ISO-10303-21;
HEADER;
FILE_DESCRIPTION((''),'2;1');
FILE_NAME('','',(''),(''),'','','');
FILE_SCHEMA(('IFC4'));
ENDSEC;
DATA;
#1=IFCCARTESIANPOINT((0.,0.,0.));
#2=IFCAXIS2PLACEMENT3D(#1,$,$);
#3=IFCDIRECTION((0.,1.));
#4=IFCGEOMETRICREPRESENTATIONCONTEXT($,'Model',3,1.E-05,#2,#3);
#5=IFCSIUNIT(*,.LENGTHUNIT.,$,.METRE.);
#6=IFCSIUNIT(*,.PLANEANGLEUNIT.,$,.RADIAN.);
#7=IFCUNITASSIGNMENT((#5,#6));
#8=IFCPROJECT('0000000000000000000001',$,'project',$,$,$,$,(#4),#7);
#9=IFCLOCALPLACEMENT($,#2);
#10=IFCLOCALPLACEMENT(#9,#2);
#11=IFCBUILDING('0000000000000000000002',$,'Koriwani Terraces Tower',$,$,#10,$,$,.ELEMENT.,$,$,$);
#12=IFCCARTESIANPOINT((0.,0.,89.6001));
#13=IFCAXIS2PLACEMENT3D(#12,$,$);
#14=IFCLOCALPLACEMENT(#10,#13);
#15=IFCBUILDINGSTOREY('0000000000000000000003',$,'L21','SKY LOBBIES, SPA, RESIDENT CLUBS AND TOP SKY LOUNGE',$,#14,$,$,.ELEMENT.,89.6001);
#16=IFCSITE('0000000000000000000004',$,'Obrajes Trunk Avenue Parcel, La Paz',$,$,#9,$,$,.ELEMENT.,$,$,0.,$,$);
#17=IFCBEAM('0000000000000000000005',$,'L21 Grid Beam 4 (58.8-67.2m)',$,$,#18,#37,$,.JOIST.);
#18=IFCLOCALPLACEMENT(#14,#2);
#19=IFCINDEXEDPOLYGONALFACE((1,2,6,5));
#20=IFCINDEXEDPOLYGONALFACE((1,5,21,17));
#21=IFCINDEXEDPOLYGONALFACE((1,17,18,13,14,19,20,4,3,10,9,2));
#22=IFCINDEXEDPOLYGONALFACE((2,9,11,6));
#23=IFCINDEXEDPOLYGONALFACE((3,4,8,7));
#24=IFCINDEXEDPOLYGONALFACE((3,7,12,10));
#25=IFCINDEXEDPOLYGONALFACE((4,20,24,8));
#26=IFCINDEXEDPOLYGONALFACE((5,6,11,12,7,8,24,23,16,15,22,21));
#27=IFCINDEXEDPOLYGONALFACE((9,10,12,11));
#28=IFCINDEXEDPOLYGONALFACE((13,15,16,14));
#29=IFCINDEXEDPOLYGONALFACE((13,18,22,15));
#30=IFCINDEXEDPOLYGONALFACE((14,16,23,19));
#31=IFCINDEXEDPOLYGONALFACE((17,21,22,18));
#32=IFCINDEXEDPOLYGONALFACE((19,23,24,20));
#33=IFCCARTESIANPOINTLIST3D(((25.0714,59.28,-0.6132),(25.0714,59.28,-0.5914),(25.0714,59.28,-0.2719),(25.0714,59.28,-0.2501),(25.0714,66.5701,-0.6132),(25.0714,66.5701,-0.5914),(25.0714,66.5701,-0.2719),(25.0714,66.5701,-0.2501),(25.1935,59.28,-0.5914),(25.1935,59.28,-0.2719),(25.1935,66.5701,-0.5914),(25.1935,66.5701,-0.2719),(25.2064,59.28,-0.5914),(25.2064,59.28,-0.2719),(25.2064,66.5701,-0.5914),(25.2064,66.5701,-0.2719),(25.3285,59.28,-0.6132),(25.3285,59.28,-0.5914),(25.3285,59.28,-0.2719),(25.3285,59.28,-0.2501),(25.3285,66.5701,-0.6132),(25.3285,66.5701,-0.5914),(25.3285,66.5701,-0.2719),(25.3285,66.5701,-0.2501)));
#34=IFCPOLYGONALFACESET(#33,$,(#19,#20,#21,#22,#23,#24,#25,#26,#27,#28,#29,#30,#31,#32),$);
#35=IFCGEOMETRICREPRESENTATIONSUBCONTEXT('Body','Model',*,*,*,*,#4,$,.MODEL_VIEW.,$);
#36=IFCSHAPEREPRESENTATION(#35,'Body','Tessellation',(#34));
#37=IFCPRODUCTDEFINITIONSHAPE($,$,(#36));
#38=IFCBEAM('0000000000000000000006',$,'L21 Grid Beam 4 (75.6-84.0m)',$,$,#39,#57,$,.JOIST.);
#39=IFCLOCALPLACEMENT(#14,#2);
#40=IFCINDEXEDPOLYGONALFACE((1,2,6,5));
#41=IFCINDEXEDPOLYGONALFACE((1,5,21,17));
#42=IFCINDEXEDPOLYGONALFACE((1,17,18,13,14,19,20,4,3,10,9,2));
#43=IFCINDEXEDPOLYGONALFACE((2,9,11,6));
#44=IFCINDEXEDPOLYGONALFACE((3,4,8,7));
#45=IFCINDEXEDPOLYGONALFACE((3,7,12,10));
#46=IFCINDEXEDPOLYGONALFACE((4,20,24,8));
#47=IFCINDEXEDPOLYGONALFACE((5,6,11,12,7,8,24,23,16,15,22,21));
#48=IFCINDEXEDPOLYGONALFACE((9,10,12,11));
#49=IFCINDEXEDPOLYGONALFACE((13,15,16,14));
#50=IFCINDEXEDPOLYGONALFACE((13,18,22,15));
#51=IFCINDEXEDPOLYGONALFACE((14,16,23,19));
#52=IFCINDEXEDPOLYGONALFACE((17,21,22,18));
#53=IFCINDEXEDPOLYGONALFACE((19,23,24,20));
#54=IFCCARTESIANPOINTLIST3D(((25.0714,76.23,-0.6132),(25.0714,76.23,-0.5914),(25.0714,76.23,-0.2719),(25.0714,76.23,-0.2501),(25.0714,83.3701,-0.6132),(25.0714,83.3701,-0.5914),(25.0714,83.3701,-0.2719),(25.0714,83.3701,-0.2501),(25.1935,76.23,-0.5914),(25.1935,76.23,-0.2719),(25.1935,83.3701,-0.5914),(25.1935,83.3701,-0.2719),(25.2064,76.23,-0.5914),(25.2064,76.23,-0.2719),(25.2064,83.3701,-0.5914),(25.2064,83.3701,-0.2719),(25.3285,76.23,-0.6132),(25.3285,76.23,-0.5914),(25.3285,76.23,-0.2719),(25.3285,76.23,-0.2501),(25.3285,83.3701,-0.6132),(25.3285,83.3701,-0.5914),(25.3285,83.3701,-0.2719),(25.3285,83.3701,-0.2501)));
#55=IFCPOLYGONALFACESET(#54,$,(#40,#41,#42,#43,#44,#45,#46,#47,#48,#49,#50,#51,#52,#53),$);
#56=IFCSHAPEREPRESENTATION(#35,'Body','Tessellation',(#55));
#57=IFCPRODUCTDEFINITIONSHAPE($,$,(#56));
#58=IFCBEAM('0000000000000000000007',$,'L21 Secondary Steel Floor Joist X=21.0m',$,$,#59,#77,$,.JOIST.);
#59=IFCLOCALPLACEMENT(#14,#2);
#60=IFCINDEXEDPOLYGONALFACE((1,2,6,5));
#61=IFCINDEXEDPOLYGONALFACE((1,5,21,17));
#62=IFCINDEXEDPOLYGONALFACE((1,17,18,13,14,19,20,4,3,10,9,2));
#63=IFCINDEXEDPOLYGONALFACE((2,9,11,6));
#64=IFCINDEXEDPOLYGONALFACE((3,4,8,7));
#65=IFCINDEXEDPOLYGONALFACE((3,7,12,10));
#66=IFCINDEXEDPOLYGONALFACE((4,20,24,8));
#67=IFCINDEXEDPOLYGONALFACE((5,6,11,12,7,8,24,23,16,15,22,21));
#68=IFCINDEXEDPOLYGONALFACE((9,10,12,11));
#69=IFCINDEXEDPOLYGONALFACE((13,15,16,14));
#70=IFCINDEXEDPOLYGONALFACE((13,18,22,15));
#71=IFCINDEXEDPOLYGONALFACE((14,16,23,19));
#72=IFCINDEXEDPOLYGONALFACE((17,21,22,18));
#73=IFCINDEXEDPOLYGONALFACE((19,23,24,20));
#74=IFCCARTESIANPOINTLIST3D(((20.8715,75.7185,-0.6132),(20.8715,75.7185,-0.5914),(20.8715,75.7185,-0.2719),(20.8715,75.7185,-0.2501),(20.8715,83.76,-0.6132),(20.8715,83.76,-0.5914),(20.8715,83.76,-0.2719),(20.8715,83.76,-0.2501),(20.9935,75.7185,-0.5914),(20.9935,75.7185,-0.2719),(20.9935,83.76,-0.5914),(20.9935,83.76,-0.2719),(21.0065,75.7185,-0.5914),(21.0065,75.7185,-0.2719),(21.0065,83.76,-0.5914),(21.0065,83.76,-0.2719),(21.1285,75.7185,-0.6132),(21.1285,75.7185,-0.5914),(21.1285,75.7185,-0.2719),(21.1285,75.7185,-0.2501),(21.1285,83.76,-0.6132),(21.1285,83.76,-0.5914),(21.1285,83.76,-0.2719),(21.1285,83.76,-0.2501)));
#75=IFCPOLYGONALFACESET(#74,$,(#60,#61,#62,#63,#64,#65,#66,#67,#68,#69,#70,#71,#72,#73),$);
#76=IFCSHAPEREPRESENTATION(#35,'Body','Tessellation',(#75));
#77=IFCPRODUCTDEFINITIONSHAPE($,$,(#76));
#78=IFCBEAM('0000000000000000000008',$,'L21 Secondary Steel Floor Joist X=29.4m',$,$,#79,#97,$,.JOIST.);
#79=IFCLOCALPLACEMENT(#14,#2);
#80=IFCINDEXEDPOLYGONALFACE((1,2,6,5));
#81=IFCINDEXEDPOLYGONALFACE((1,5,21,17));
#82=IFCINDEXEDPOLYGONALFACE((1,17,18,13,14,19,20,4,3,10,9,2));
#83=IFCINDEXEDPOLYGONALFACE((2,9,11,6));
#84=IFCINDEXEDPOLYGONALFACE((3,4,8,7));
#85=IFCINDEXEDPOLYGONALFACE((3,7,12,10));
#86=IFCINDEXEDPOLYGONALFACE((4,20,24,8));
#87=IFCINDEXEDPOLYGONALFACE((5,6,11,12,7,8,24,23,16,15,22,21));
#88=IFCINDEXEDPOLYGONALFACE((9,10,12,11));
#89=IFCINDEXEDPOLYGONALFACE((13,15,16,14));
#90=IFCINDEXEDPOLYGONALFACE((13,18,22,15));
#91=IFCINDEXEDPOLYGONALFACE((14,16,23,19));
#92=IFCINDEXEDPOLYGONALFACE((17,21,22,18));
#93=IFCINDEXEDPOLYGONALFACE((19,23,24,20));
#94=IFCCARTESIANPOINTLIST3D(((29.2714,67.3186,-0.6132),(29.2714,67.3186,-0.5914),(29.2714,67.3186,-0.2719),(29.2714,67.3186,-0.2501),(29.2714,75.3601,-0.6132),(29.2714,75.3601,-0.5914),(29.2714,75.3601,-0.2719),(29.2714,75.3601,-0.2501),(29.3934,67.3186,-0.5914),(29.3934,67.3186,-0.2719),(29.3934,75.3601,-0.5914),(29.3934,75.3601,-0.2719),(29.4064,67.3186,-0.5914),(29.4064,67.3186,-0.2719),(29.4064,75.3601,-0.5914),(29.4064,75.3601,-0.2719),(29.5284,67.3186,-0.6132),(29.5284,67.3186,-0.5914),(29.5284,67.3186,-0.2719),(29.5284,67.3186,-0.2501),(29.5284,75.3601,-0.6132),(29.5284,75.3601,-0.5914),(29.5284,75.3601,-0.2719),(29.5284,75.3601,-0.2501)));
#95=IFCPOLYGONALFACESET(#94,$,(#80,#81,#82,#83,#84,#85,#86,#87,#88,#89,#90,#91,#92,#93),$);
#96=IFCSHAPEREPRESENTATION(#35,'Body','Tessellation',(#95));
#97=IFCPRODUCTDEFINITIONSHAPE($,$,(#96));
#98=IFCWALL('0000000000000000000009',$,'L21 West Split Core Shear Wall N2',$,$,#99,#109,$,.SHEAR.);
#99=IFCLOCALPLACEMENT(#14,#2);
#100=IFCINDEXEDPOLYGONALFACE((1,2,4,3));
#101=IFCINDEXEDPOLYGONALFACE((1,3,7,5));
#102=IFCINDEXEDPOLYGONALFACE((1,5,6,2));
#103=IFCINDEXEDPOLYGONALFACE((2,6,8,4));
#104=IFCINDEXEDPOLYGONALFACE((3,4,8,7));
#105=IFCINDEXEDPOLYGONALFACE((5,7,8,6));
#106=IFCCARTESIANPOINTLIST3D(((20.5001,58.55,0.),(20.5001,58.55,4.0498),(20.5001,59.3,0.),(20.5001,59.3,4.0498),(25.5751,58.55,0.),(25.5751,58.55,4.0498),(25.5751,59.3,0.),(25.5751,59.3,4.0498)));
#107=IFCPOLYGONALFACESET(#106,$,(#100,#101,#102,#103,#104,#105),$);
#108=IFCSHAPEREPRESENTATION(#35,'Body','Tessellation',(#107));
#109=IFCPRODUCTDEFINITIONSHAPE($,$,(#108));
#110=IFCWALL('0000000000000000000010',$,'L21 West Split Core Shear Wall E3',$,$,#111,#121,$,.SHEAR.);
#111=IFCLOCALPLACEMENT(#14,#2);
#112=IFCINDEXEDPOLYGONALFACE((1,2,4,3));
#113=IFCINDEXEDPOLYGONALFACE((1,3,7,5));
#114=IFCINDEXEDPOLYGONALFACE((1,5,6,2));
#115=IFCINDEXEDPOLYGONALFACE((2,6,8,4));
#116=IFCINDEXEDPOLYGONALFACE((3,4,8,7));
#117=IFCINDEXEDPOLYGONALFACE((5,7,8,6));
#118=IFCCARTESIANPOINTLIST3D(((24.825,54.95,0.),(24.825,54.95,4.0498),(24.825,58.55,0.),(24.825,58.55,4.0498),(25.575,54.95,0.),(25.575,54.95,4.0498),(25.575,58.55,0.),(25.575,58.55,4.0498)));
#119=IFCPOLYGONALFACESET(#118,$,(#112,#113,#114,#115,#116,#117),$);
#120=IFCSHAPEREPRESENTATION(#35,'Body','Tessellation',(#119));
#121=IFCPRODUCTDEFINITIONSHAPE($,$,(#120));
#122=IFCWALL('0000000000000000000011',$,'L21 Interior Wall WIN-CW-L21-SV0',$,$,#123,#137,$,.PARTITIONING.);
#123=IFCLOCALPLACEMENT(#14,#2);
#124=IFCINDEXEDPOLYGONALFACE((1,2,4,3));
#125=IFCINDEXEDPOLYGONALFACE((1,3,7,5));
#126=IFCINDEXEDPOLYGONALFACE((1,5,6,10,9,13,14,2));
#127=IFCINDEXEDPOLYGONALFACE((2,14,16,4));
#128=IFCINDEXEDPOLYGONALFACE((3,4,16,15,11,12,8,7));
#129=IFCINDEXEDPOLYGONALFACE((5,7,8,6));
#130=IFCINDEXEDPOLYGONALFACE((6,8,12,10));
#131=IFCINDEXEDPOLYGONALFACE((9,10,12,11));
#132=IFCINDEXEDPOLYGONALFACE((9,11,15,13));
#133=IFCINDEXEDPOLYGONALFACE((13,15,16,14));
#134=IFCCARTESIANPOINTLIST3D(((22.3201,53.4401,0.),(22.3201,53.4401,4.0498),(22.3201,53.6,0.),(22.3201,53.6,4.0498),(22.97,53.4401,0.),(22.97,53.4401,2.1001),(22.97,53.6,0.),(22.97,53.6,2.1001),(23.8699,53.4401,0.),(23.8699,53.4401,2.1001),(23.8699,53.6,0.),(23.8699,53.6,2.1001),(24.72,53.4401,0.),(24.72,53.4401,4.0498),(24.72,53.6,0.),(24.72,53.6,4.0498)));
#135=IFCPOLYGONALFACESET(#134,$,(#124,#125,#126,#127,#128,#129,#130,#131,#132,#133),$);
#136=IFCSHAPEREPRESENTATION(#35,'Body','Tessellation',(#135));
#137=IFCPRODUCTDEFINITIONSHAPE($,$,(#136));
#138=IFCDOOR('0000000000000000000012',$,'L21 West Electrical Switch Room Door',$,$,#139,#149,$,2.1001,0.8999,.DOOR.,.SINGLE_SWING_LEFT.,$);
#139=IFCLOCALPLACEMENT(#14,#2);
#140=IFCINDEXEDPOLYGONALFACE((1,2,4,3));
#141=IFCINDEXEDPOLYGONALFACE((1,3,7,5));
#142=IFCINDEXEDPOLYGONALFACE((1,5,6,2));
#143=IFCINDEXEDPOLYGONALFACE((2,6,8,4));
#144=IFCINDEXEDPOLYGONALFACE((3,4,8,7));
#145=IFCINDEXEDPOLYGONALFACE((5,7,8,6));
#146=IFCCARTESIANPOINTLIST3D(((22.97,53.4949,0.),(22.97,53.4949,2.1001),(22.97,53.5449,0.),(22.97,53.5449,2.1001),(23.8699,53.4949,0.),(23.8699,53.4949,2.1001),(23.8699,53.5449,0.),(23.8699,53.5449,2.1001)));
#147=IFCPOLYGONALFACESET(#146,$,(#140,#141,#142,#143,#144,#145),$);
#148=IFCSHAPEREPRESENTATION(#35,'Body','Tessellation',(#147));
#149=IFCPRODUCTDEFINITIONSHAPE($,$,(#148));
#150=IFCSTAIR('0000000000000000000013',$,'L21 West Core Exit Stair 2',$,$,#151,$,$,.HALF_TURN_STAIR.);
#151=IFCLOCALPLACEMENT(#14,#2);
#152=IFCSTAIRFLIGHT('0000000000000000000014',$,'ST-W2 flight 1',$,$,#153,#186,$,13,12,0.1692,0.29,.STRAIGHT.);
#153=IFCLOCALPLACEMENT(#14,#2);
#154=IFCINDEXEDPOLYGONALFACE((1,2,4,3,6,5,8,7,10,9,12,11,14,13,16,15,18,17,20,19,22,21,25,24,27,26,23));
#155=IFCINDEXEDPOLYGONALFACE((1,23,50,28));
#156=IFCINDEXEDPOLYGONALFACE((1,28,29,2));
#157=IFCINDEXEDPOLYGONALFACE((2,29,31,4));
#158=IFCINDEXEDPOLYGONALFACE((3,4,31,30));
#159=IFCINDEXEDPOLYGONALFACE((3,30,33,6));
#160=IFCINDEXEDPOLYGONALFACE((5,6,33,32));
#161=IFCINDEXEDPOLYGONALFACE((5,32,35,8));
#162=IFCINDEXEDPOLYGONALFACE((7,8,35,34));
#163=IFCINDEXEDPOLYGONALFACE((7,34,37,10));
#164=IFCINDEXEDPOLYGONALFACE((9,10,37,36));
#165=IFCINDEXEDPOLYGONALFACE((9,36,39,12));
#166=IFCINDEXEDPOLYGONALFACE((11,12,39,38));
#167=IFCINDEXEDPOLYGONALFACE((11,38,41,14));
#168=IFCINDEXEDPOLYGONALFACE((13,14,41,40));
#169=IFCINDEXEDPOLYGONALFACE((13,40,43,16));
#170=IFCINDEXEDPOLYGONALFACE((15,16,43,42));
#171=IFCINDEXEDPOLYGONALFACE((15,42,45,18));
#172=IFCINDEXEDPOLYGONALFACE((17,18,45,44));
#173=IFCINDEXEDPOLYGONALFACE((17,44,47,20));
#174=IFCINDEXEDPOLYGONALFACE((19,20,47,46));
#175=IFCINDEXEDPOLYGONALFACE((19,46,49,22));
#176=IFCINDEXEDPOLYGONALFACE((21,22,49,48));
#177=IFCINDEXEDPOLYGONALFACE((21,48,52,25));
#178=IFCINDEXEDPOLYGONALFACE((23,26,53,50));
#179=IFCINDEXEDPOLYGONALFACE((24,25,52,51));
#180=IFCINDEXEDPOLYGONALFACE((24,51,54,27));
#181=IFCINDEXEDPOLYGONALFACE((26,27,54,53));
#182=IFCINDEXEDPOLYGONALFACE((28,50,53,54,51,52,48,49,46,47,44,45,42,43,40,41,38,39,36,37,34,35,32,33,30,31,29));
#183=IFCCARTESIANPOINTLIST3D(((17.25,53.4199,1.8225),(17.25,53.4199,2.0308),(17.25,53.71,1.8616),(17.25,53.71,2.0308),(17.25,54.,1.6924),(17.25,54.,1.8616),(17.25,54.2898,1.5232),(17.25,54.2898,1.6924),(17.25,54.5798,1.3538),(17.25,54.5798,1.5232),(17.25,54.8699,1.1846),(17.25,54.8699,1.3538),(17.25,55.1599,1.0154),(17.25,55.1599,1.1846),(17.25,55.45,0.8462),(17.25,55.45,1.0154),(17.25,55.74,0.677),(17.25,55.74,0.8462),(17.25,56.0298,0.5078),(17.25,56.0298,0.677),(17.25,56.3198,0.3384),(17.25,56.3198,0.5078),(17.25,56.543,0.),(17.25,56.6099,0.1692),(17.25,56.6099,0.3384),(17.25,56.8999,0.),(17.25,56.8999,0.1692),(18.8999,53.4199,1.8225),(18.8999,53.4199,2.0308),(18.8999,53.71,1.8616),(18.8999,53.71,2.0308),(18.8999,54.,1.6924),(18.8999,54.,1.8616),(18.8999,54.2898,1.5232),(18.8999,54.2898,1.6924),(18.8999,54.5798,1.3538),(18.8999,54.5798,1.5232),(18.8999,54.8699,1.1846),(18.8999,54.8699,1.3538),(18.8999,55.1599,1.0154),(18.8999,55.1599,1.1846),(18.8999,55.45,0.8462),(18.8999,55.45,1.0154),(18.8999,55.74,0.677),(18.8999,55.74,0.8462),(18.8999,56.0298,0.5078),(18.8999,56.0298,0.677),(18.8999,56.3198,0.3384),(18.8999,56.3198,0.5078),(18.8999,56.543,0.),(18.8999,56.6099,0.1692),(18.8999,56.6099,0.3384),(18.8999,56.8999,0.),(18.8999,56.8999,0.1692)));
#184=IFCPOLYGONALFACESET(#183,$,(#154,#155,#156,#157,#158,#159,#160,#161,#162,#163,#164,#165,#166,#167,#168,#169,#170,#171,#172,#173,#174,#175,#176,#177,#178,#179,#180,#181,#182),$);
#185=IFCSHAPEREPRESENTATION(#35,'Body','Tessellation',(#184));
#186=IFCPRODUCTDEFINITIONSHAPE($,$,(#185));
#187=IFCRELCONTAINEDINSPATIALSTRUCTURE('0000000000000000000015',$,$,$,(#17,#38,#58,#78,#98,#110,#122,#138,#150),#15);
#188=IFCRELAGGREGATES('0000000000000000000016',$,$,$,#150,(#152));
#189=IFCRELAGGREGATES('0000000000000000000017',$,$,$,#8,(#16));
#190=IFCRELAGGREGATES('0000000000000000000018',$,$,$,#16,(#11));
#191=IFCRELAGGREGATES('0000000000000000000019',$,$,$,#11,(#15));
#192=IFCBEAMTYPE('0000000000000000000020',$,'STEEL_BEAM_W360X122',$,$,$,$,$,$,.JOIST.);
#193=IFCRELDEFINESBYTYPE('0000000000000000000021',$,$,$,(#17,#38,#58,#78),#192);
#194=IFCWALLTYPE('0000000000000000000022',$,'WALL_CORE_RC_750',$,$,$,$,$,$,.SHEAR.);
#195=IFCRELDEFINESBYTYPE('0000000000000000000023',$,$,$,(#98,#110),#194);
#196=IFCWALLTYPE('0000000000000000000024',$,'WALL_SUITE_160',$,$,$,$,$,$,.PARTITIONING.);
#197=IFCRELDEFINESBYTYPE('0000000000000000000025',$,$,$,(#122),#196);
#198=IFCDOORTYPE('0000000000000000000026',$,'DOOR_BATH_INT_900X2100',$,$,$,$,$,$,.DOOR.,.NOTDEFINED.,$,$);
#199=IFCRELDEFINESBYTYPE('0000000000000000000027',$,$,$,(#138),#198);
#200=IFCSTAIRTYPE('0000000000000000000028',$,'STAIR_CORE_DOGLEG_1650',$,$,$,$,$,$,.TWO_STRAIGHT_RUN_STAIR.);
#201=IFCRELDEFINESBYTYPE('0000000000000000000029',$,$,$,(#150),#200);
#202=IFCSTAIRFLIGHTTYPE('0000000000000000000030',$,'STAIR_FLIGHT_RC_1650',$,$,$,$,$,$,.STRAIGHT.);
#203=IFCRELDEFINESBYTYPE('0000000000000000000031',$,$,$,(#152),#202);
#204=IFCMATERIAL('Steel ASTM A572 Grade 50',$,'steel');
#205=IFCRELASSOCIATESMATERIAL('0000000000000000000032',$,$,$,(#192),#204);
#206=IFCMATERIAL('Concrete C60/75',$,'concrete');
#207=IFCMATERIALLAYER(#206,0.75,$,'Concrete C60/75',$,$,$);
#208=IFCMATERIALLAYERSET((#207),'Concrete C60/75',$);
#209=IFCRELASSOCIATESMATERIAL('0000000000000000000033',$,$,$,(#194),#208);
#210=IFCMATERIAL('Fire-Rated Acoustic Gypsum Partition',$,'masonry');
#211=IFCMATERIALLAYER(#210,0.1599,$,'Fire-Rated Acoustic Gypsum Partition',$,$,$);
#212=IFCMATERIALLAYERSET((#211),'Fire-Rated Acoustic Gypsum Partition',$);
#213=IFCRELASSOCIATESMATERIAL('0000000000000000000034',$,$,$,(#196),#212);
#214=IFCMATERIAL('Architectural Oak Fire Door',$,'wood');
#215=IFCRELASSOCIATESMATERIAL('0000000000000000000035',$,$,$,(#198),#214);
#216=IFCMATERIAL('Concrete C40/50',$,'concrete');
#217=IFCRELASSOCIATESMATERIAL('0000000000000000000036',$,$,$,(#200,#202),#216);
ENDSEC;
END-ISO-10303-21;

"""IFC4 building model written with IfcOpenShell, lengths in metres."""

from ifc_helpers import new_model, si_unit, direction, frame, frame_2d, origin, origin_2d, place, context, subcontext, project, spatial, polyline, rectangle, i_section, outline, extrude, material, layer, layer_set, material_profile, profile_set, type_object, element, fill, aggregate, save


model = new_model("IFC4")

# Units and contexts
model_context = context("Model", 3, precision=1e-05, world=origin(), true_north=direction((0.0, 1.0)))
body_context = subcontext(model_context, "Body", "Model", "MODEL_VIEW")
ifc_project = project(units=[si_unit("LENGTHUNIT", "METRE"), si_unit("PLANEANGLEUNIT", "RADIAN")], contexts=[model_context])

# Site, building, storey
site_placement = place(None, origin())
site = spatial("IfcSite", under=ifc_project, at=site_placement, Name="Obrajes Trunk Avenue Parcel, La Paz", CompositionType="ELEMENT", RefElevation=0.0)
building_placement = place(site_placement, origin())
building = spatial("IfcBuilding", under=site, at=building_placement, Name="Koriwani Terraces Tower", CompositionType="ELEMENT")
storey_placement = place(building_placement, frame((0.0, 0.0, 89.6001)))
storey = spatial("IfcBuildingStorey", under=building, at=storey_placement, Name="L21", Description="SKY LOBBIES, SPA, RESIDENT CLUBS AND TOP SKY LOUNGE", CompositionType="ELEMENT", Elevation=89.6001)

# Shared definitions
ifc_material_1 = material(Name="Concrete C60/75", Category="concrete")

# Beams
ifc_material_2 = material(Name="Steel ASTM A572 Grade 50", Category="steel")
ifc_material_profile_1 = material_profile(ifc_material_2, i_section(OverallWidth=0.2571, OverallDepth=0.363, WebThickness=0.0129, FlangeThickness=0.0217, at=origin_2d()), Name="Steel ASTM A572 Grade 50", Category="LoadBearing")
ifc_profile_set_1 = profile_set([ifc_material_profile_1], Name="Steel ASTM A572 Grade 50")
beam_type_1 = type_object("IfcBeamType", Name="STEEL_BEAM_W360X122", PredefinedType="JOIST", material=ifc_profile_set_1)
beam_1_placement = place(storey_placement, frame((25.2, 59.28, -0.4316), z_axis=(0.0, 1.0, 0.0), x_axis=(-1.0, 0.0, 0.0)))
element("IfcBeam", 1, at=beam_1_placement, inside=storey, type_object=beam_type_1, Name="L21 Grid Beam 4 (58.8-67.2m)", PredefinedType="JOIST", context=body_context, shape_type="SweptSolid", body=[
    extrude(i_section(OverallWidth=0.2571, OverallDepth=0.363, WebThickness=0.0129, FlangeThickness=0.0217, at=origin_2d()), origin(), (0.0, 0.0, 1.0), 7.29),
])
beam_2_placement = place(storey_placement, frame((25.2, 76.23, -0.4316), z_axis=(0.0, 1.0, 0.0), x_axis=(-1.0, 0.0, 0.0)))
element("IfcBeam", 2, at=beam_2_placement, inside=storey, type_object=beam_type_1, Name="L21 Grid Beam 4 (75.6-84.0m)", PredefinedType="JOIST", context=body_context, shape_type="SweptSolid", body=[
    extrude(i_section(OverallWidth=0.2571, OverallDepth=0.363, WebThickness=0.0129, FlangeThickness=0.0217, at=origin_2d()), origin(), (0.0, 0.0, 1.0), 7.1401),
])
for number, where, z_axis, x_axis, name in (
    (3, (21.0, 75.7185, -0.4316), (0.0, 1.0, 0.0), (-1.0, 0.0, 0.0), "L21 Secondary Steel Floor Joist X=21.0m"),
    (4, (29.3999, 67.3186, -0.4316), (0.0, 1.0, 0.0), (-1.0, 0.0, 0.0), "L21 Secondary Steel Floor Joist X=29.4m"),
):
    element("IfcBeam", number, at=place(storey_placement, frame(where, z_axis=z_axis, x_axis=x_axis)), inside=storey, type_object=beam_type_1, Name=name, PredefinedType="JOIST", context=body_context, shape_type="SweptSolid", body=[
        extrude(i_section(OverallWidth=0.2571, OverallDepth=0.363, WebThickness=0.0129, FlangeThickness=0.0217, at=origin_2d()), origin(), (0.0, 0.0, 1.0), 8.0415),
    ])

# Walls
ifc_layer_1 = layer(ifc_material_1, 0.75, Name="Concrete C60/75")
ifc_layer_set_1 = layer_set([ifc_layer_1], Name="Concrete C60/75")
wall_type_1 = type_object("IfcWallType", Name="WALL_CORE_RC_750", PredefinedType="SHEAR", material=ifc_layer_set_1)
wall_1_placement = place(storey_placement, frame((20.5, 58.925, 0.0), z_axis=(0.0, 0.0, 1.0), x_axis=(1.0, 0.0, 0.0)))
element("IfcWall", 5, at=wall_1_placement, inside=storey, type_object=wall_type_1, Name="L21 West Split Core Shear Wall N2", PredefinedType="SHEAR", context=body_context, shape_type="SweptSolid", body=[
    extrude(rectangle(XDim=5.075, YDim=0.75, at=frame_2d((2.5376, 0.0))), origin(), (0.0, 0.0, 1.0), 4.0498),
])
wall_2_placement = place(storey_placement, frame((25.2, 54.95, 0.0), z_axis=(0.0, 0.0, 1.0), x_axis=(0.0, 1.0, 0.0)))
element("IfcWall", 6, at=wall_2_placement, inside=storey, type_object=wall_type_1, Name="L21 West Split Core Shear Wall E3", PredefinedType="SHEAR", context=body_context, shape_type="SweptSolid", body=[
    extrude(rectangle(XDim=3.6001, YDim=0.75, at=frame_2d((1.8, 0.0))), origin(), (0.0, 0.0, 1.0), 4.0498),
])

# Wall, opening, door
ifc_material_3 = material(Name="Concrete C40/50", Category="concrete")
ifc_material_4 = material(Name="Fire-Rated Acoustic Gypsum Partition", Category="masonry")
ifc_layer_2 = layer(ifc_material_4, 0.1599, Name="Fire-Rated Acoustic Gypsum Partition")
ifc_layer_set_2 = layer_set([ifc_layer_2], Name="Fire-Rated Acoustic Gypsum Partition")
wall_type_2 = type_object("IfcWallType", Name="WALL_SUITE_160", PredefinedType="PARTITIONING", material=ifc_layer_set_2)
wall_3_placement = place(storey_placement, frame((22.3201, 53.52, 0.0), z_axis=(0.0, 0.0, 1.0), x_axis=(1.0, 0.0, 0.0)))
wall_3 = element("IfcWall", 7, at=wall_3_placement, inside=storey, type_object=wall_type_2, Name="L21 Interior Wall WIN-CW-L21-SV0", PredefinedType="PARTITIONING", context=body_context, shape_type="SweptSolid", body=[
    extrude(rectangle(XDim=2.3999, YDim=0.1599, at=frame_2d((1.2, 0.0))), origin(), (0.0, 0.0, 1.0), 4.0498),
])
opening_1_placement = place(wall_3_placement, frame((0.6499, 0.0, 0.0)))
opening_1 = element("IfcOpeningElement", 8, at=opening_1_placement, cuts=wall_3, PredefinedType="OPENING", context=body_context, shape_type="SweptSolid", body=[
    extrude(rectangle(XDim=0.8999, YDim=2.1001, at=frame_2d((0.45, 1.05))), frame((0.0, 0.0898, 0.0), z_axis=(0.0, -1.0, 0.0), x_axis=(1.0, 0.0, 0.0)), (0.0, 0.0, 1.0), 0.1799),
])
ifc_material_5 = material(Name="Architectural Oak Fire Door", Category="wood")
door_type_1 = type_object("IfcDoorType", Name="DOOR_BATH_INT_900X2100", OperationType="NOTDEFINED", PredefinedType="DOOR", material=ifc_material_5)
door_1_placement = place(opening_1_placement, origin())
door_1 = element("IfcDoor", 9, at=door_1_placement, inside=storey, type_object=door_type_1, Name="L21 West Electrical Switch Room Door", OperationType="SINGLE_SWING_LEFT", OverallHeight=2.1001, OverallWidth=0.8999, PredefinedType="DOOR", context=body_context, shape_type="SweptSolid", body=[
    extrude(rectangle(XDim=0.8999, YDim=2.1001, at=frame_2d((0.45, 1.05))), frame((0.0, 0.0249, 0.0), z_axis=(0.0, -1.0, 0.0), x_axis=(1.0, 0.0, 0.0)), (0.0, 0.0, 1.0), 0.05),
])
fill(opening_1, door_1)

# Stair, stair flight
stair_type = type_object("IfcStairType", Name="STAIR_CORE_DOGLEG_1650", PredefinedType="TWO_STRAIGHT_RUN_STAIR", material=ifc_material_3)
stair_placement = place(storey_placement, origin())
stair = element("IfcStair", 10, at=stair_placement, inside=storey, type_object=stair_type, Name="L21 West Core Exit Stair 2", PredefinedType="HALF_TURN_STAIR")
stair_flight_type = type_object("IfcStairFlightType", Name="STAIR_FLIGHT_RC_1650", PredefinedType="STRAIGHT", material=ifc_material_3)
stair_flight_1_placement = place(storey_placement, frame((18.075, 56.8999, 0.0), z_axis=(0.0, 0.0, 1.0), x_axis=(0.0, -1.0, 0.0)))
stair_flight_1 = element("IfcStairFlight", 11, at=stair_flight_1_placement, type_object=stair_flight_type, Name="ST-W2 flight 1", NumberOfRisers=13, NumberOfTreads=12, PredefinedType="STRAIGHT", RiserHeight=0.1692, TreadLength=0.29, context=body_context, shape_type="SweptSolid", body=[
    extrude(outline(polyline([(0.0, 0.0), (0.0, 0.1692), (0.29, 0.1692), (0.29, 0.3384), (0.5801, 0.3384), (0.5801, 0.5078), (0.8701, 0.5078), (0.8701, 0.677), (1.1599, 0.677), (1.1599, 0.8462), (1.45, 0.8462), (1.45, 1.0154), (1.74, 1.0154), (1.74, 1.1846), (2.03, 1.1846), (2.03, 1.3538), (2.3201, 1.3538), (2.3201, 1.5232), (2.6101, 1.5232), (2.6101, 1.6924), (2.8999, 1.6924), (2.8999, 1.8616), (3.1899, 1.8616), (3.1899, 2.0308), (3.48, 2.0308), (3.48, 2.2), (3.48, 1.8225), (0.3569, 0.0), (0.0, 0.0)])), frame((0.0, 0.825, 0.0), z_axis=(0.0, -1.0, 0.0), x_axis=(1.0, 0.0, 0.0)), (0.0, 0.0, 1.0), 1.6499),
])
aggregate(stair, [stair_flight_1])

save(model, "model.ifc")
